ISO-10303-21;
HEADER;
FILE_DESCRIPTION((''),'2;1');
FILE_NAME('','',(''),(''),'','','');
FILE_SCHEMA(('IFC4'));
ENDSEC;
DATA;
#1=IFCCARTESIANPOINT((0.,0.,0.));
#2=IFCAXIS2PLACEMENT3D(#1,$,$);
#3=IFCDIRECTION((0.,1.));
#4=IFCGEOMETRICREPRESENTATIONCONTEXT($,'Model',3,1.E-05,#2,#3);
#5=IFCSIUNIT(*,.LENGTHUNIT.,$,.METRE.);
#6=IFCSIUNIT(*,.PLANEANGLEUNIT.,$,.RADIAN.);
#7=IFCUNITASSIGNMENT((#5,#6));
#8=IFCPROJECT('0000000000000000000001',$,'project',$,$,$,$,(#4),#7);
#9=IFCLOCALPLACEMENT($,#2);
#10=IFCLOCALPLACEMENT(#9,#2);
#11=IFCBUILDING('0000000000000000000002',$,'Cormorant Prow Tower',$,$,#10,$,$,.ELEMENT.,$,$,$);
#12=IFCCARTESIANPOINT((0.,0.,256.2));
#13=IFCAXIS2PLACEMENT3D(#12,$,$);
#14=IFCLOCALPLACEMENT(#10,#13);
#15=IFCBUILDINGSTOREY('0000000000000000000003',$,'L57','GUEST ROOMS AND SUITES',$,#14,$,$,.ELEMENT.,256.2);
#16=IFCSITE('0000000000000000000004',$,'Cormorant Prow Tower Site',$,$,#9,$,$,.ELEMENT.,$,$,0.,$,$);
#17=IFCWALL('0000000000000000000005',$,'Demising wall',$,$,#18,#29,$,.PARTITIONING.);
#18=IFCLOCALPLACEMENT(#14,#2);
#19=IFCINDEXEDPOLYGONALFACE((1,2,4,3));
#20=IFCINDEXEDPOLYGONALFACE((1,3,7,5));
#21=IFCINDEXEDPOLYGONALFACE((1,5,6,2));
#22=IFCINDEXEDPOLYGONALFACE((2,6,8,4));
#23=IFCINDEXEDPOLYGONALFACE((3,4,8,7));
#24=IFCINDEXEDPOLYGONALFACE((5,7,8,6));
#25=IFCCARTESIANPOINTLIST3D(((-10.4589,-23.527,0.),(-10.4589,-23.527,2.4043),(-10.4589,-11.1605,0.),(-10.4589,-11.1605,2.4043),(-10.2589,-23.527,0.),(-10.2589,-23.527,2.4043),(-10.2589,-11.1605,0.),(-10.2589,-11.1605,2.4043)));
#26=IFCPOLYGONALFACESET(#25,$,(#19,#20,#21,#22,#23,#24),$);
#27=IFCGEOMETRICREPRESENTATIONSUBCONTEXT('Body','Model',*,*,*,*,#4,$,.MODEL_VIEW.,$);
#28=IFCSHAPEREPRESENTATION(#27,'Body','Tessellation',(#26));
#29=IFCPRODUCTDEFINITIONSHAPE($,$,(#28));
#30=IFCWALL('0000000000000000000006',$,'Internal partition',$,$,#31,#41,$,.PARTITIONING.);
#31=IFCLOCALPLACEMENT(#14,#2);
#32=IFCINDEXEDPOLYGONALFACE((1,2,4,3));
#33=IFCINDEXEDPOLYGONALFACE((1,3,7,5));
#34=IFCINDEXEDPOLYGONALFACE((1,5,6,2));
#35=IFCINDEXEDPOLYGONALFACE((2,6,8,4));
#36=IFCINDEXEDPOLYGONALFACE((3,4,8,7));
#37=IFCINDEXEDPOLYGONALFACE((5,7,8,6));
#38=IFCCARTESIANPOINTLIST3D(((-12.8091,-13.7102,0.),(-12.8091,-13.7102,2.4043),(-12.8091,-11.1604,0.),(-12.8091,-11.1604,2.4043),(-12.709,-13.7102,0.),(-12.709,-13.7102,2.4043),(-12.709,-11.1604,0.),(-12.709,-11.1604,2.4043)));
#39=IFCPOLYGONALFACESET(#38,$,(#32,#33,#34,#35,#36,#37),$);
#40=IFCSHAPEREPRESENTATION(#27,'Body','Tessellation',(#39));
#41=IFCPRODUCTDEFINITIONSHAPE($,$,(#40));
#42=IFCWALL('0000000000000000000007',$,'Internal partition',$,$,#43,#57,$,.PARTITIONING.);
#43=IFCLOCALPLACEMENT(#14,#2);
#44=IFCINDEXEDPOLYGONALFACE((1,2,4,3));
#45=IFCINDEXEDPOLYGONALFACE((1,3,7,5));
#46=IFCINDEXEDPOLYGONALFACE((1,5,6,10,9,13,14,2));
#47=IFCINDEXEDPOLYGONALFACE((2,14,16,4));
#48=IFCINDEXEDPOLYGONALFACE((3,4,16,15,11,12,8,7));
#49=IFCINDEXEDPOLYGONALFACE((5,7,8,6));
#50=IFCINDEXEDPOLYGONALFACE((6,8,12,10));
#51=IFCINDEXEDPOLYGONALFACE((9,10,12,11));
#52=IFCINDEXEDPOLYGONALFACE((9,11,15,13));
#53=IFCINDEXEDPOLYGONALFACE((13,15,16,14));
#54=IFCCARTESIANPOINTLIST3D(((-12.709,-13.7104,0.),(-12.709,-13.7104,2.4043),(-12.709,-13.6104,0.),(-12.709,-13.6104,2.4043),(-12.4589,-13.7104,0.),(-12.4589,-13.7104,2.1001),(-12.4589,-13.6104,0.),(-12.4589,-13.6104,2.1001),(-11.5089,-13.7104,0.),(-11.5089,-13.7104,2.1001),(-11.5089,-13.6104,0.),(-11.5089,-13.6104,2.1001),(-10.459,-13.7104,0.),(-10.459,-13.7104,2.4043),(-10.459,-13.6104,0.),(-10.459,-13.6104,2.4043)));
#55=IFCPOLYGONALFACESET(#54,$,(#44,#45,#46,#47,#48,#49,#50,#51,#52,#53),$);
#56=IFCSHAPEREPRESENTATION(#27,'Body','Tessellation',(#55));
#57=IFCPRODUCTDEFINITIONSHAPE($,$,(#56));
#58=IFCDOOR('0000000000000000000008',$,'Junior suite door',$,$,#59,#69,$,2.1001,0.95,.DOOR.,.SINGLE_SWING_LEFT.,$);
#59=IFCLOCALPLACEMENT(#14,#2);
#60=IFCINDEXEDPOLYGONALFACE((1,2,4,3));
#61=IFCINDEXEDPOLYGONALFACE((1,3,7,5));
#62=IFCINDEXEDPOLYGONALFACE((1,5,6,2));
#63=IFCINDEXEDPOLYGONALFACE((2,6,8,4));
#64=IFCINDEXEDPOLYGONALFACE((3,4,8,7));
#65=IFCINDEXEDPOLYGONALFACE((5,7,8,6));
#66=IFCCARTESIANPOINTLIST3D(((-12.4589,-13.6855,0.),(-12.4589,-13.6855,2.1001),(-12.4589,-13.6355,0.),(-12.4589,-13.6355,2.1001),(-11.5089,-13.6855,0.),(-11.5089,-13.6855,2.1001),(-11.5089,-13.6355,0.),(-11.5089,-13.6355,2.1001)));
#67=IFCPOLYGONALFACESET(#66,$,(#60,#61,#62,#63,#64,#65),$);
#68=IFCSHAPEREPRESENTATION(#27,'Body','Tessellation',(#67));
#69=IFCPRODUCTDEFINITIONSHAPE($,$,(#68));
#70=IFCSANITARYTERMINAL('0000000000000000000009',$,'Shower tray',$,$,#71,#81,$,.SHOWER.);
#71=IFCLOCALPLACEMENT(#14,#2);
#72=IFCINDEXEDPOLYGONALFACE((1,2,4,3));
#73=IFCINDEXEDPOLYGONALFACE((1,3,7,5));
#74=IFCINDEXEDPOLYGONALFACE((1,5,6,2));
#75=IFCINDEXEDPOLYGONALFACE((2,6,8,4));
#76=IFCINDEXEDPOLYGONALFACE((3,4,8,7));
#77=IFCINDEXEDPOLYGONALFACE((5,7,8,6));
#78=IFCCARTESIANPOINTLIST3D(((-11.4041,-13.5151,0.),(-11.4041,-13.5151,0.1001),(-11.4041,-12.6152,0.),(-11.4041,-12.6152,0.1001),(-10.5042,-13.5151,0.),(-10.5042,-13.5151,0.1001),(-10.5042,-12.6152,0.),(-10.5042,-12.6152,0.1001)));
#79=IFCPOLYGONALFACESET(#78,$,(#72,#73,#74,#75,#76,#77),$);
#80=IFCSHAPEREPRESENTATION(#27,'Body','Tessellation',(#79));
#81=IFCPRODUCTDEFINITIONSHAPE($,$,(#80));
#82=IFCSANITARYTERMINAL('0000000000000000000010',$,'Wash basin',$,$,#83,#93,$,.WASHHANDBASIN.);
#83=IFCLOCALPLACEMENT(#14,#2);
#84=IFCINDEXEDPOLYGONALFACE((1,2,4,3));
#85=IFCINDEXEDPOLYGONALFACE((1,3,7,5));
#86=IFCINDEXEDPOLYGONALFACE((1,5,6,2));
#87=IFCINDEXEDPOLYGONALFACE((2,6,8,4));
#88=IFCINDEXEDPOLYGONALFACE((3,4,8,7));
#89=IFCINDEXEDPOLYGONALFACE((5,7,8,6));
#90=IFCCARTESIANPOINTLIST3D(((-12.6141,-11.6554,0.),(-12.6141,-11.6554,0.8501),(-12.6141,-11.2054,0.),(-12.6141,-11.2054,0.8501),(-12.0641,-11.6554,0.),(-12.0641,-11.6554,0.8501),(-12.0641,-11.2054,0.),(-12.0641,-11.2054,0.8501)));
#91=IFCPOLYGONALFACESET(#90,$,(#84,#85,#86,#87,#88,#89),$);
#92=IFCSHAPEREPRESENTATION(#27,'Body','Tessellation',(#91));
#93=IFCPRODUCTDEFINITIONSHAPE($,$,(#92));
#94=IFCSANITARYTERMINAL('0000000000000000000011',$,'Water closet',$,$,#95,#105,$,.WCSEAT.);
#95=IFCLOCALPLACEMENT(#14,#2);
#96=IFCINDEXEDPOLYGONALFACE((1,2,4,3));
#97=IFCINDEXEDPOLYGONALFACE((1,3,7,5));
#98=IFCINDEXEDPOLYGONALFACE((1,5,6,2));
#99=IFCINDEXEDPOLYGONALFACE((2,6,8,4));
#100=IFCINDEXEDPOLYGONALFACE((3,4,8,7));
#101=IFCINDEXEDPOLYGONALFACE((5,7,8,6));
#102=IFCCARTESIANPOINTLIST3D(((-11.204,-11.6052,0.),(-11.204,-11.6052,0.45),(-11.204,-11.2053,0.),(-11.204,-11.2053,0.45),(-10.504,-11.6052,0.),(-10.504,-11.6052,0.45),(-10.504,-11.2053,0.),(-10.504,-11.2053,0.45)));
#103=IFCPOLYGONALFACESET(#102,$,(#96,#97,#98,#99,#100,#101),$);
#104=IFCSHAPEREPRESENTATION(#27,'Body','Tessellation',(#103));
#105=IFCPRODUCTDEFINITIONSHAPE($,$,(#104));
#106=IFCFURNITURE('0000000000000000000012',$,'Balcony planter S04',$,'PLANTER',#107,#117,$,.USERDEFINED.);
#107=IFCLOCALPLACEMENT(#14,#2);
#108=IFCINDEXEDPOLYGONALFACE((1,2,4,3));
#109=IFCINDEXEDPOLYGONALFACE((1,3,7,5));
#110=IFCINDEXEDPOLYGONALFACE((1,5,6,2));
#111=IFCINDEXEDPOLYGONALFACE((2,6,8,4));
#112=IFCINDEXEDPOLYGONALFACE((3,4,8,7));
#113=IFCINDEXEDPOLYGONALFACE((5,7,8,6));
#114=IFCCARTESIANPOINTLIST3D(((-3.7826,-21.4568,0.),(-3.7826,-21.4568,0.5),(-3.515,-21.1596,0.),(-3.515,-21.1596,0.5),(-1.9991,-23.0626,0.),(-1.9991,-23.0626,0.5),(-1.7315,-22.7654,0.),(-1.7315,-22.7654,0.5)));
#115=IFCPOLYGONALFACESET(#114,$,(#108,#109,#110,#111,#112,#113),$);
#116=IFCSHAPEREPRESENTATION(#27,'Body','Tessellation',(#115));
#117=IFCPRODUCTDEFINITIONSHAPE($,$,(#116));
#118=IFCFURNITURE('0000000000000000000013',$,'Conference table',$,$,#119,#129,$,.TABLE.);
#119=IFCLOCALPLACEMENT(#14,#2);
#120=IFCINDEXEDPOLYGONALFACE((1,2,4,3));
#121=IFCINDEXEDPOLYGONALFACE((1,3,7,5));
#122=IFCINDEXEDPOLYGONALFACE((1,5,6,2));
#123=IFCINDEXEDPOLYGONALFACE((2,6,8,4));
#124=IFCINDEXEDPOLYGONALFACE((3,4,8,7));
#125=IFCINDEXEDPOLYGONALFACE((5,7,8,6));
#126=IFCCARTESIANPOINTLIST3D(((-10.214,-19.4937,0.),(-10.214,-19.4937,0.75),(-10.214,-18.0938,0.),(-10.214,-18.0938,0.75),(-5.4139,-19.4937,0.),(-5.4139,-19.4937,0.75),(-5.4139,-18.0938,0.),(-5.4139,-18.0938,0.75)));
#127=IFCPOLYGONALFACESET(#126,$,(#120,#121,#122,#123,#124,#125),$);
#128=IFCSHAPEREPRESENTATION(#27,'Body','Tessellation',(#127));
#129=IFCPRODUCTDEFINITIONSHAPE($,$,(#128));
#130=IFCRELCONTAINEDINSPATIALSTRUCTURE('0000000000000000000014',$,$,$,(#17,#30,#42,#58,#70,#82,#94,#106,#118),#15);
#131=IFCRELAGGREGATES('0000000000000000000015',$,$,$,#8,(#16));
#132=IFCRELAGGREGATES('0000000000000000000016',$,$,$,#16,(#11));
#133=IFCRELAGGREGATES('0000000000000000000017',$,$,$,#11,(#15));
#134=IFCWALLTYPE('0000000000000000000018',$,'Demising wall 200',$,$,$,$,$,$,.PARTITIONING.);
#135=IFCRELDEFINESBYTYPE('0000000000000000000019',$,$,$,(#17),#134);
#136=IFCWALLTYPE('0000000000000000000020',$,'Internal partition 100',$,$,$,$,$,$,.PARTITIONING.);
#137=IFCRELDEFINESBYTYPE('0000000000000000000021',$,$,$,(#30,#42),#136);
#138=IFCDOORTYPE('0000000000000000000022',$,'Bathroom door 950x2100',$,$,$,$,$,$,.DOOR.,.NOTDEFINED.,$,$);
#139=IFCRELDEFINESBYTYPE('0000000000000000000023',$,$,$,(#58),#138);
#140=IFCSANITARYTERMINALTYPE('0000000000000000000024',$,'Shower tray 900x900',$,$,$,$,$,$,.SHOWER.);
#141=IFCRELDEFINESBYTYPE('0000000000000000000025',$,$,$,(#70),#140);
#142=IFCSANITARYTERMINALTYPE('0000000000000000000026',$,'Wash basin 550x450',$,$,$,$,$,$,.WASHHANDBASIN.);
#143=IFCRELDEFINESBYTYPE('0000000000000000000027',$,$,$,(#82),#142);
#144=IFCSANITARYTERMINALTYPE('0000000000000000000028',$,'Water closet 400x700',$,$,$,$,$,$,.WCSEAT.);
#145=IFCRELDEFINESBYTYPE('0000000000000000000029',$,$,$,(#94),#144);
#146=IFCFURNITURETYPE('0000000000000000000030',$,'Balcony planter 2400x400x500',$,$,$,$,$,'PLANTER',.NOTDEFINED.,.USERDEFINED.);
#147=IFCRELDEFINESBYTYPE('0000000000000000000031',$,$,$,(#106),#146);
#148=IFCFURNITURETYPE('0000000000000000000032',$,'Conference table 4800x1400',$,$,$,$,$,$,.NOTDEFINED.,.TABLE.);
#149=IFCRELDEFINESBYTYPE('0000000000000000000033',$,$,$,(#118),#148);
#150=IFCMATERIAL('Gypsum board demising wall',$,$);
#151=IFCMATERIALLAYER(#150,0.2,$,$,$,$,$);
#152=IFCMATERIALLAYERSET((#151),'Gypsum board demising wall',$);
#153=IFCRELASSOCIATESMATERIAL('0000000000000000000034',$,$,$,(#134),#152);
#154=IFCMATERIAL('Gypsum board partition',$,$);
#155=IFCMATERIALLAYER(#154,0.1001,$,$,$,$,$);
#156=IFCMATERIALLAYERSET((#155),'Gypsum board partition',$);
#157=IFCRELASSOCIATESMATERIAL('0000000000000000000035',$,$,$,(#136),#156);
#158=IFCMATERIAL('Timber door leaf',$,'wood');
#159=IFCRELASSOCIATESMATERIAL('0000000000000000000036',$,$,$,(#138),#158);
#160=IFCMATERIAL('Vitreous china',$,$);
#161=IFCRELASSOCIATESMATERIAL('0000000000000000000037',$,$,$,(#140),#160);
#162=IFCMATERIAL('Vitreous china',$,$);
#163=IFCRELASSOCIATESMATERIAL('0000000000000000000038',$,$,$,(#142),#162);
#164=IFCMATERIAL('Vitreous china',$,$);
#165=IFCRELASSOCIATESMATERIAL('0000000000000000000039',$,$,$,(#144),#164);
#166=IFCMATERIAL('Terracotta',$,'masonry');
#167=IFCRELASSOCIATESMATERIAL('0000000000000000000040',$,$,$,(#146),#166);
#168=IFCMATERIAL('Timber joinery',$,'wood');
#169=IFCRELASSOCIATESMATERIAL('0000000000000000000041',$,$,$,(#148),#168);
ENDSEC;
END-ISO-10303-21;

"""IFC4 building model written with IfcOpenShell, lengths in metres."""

from ifc_helpers import new_model, si_unit, direction, frame, frame_2d, origin, origin_2d, place, context, subcontext, project, spatial, rectangle, extrude, material, layer, layer_set, type_object, element, fill, save


model = new_model("IFC4")

# Units and contexts
model_context = context("Model", 3, precision=1e-05, world=origin(), true_north=direction((0.0, 1.0)))
body_context = subcontext(model_context, "Body", "Model", "MODEL_VIEW")
ifc_project = project(units=[si_unit("LENGTHUNIT", "METRE"), si_unit("PLANEANGLEUNIT", "RADIAN")], contexts=[model_context])

# Site, building, storey
site_placement = place(None, origin())
site = spatial("IfcSite", under=ifc_project, at=site_placement, Name="Cormorant Prow Tower Site", CompositionType="ELEMENT", RefElevation=0.0)
building_placement = place(site_placement, origin())
building = spatial("IfcBuilding", under=site, at=building_placement, Name="Cormorant Prow Tower", CompositionType="ELEMENT")
storey_placement = place(building_placement, frame((0.0, 0.0, 256.2)))
storey = spatial("IfcBuildingStorey", under=building, at=storey_placement, Name="L57", Description="GUEST ROOMS AND SUITES", CompositionType="ELEMENT", Elevation=256.2)

# Walls
ifc_material_1 = material(Name="Gypsum board demising wall")
ifc_layer_1 = layer(ifc_material_1, 0.2)
ifc_layer_set_1 = layer_set([ifc_layer_1], Name="Gypsum board demising wall")
wall_type_1 = type_object("IfcWallType", Name="Demising wall 200", PredefinedType="PARTITIONING", material=ifc_layer_set_1)
wall_1_placement = place(storey_placement, frame((-10.3589, -23.5269, 0.0), z_axis=(0.0, 0.0, 1.0), x_axis=(0.0, 1.0, 0.0)))
element("IfcWall", 1, at=wall_1_placement, inside=storey, type_object=wall_type_1, Name="Demising wall", PredefinedType="PARTITIONING", context=body_context, shape_type="SweptSolid", body=[
    extrude(rectangle(XDim=12.3665, YDim=0.2, at=frame_2d((6.1831, 0.0))), origin(), (0.0, 0.0, 1.0), 2.4043),
])
ifc_material_2 = material(Name="Gypsum board partition")
ifc_layer_2 = layer(ifc_material_2, 0.1001)
ifc_layer_set_2 = layer_set([ifc_layer_2], Name="Gypsum board partition")
wall_type_2 = type_object("IfcWallType", Name="Internal partition 100", PredefinedType="PARTITIONING", material=ifc_layer_set_2)
wall_2_placement = place(storey_placement, frame((-12.759, -13.7102, 0.0), z_axis=(0.0, 0.0, 1.0), x_axis=(0.0, 1.0, 0.0)))
element("IfcWall", 2, at=wall_2_placement, inside=storey, type_object=wall_type_2, Name="Internal partition", PredefinedType="PARTITIONING", context=body_context, shape_type="SweptSolid", body=[
    extrude(rectangle(XDim=2.5498, YDim=0.1001, at=frame_2d((1.2749, 0.0))), origin(), (0.0, 0.0, 1.0), 2.4043),
])

# Wall, opening, door
wall_3_placement = place(storey_placement, frame((-12.709, -13.6604, 0.0), z_axis=(0.0, 0.0, 1.0), x_axis=(1.0, 0.0, 0.0)))
wall_3 = element("IfcWall", 3, at=wall_3_placement, inside=storey, type_object=wall_type_2, Name="Internal partition", PredefinedType="PARTITIONING", context=body_context, shape_type="SweptSolid", body=[
    extrude(rectangle(XDim=2.25, YDim=0.1001, at=frame_2d((1.125, 0.0))), origin(), (0.0, 0.0, 1.0), 2.4043),
])
opening_1_placement = place(wall_3_placement, frame((0.25, 0.0, 0.0)))
opening_1 = element("IfcOpeningElement", 4, at=opening_1_placement, cuts=wall_3, PredefinedType="OPENING", context=body_context, shape_type="SweptSolid", body=[
    extrude(rectangle(XDim=0.95, YDim=2.1001, at=frame_2d((0.4751, 1.05))), frame((0.0, 0.0601, 0.0), z_axis=(0.0, -1.0, 0.0), x_axis=(1.0, 0.0, 0.0)), (0.0, 0.0, 1.0), 0.1201),
])
ifc_material_3 = material(Name="Timber door leaf", Category="wood")
door_type_1 = type_object("IfcDoorType", Name="Bathroom door 950x2100", OperationType="NOTDEFINED", PredefinedType="DOOR", material=ifc_material_3)
door_1_placement = place(opening_1_placement, origin())
door_1 = element("IfcDoor", 5, at=door_1_placement, inside=storey, type_object=door_type_1, Name="Junior suite door", OperationType="SINGLE_SWING_LEFT", OverallHeight=2.1001, OverallWidth=0.95, PredefinedType="DOOR", context=body_context, shape_type="SweptSolid", body=[
    extrude(rectangle(XDim=0.95, YDim=2.1001, at=frame_2d((0.4751, 1.05))), frame((0.0, 0.0249, 0.0), z_axis=(0.0, -1.0, 0.0), x_axis=(1.0, 0.0, 0.0)), (0.0, 0.0, 1.0), 0.05),
])
fill(opening_1, door_1)

# Sanitary terminals
ifc_material_4 = material(Name="Vitreous china")
sanitary_terminal_type_1 = type_object("IfcSanitaryTerminalType", Name="Shower tray 900x900", PredefinedType="SHOWER", material=ifc_material_4)
sanitary_terminal_1_placement = place(storey_placement, frame((-10.9541, -13.0652, 0.0), z_axis=(0.0, 0.0, 1.0), x_axis=(-1.0, 0.0, 0.0)))
element("IfcSanitaryTerminal", 6, at=sanitary_terminal_1_placement, inside=storey, type_object=sanitary_terminal_type_1, Name="Shower tray", PredefinedType="SHOWER", context=body_context, shape_type="SweptSolid", body=[
    extrude(rectangle(XDim=0.8999, YDim=0.8999, at=origin_2d()), origin(), (0.0, 0.0, 1.0), 0.1001),
])
ifc_material_5 = material(Name="Vitreous china")
sanitary_terminal_type_2 = type_object("IfcSanitaryTerminalType", Name="Wash basin 550x450", PredefinedType="WASHHANDBASIN", material=ifc_material_5)
sanitary_terminal_2_placement = place(storey_placement, frame((-12.3391, -11.4304, 0.0), z_axis=(0.0, 0.0, 1.0), x_axis=(1.0, 0.0, 0.0)))
element("IfcSanitaryTerminal", 7, at=sanitary_terminal_2_placement, inside=storey, type_object=sanitary_terminal_type_2, Name="Wash basin", PredefinedType="WASHHANDBASIN", context=body_context, shape_type="SweptSolid", body=[
    extrude(rectangle(XDim=0.55, YDim=0.45, at=origin_2d()), origin(), (0.0, 0.0, 1.0), 0.8501),
])
ifc_material_6 = material(Name="Vitreous china")
sanitary_terminal_type_3 = type_object("IfcSanitaryTerminalType", Name="Water closet 400x700", PredefinedType="WCSEAT", material=ifc_material_6)
sanitary_terminal_3_placement = place(storey_placement, frame((-10.854, -11.4053, 0.0), z_axis=(0.0, 0.0, 1.0), x_axis=(0.0, -1.0, 0.0)))
element("IfcSanitaryTerminal", 8, at=sanitary_terminal_3_placement, inside=storey, type_object=sanitary_terminal_type_3, Name="Water closet", PredefinedType="WCSEAT", context=body_context, shape_type="SweptSolid", body=[
    extrude(rectangle(XDim=0.3999, YDim=0.7, at=origin_2d()), origin(), (0.0, 0.0, 1.0), 0.45),
])

# Furniture
ifc_material_7 = material(Name="Terracotta", Category="masonry")
furniture_type_1 = type_object("IfcFurnitureType", Name="Balcony planter 2400x400x500", ElementType="PLANTER", AssemblyPlace="NOTDEFINED", PredefinedType="USERDEFINED", material=ifc_material_7)
furniture_1_placement = place(storey_placement, frame((-2.7571, -22.1111, 0.0), z_axis=(0.0, 0.0, 1.0), x_axis=(0.743145, -0.669131, 0.0)))
element("IfcFurniture", 9, at=furniture_1_placement, inside=storey, type_object=furniture_type_1, Name="Balcony planter S04", ObjectType="PLANTER", PredefinedType="USERDEFINED", context=body_context, shape_type="SweptSolid", body=[
    extrude(rectangle(XDim=2.3999, YDim=0.3999, at=origin_2d()), origin(), (0.0, 0.0, 1.0), 0.5),
])
ifc_material_8 = material(Name="Timber joinery", Category="wood")
furniture_type_2 = type_object("IfcFurnitureType", Name="Conference table 4800x1400", AssemblyPlace="NOTDEFINED", PredefinedType="TABLE", material=ifc_material_8)
furniture_2_placement = place(storey_placement, frame((-7.814, -18.7937, 0.0), z_axis=(0.0, 0.0, 1.0), x_axis=(1.0, 0.0, 0.0)))
element("IfcFurniture", 10, at=furniture_2_placement, inside=storey, type_object=furniture_type_2, Name="Conference table", PredefinedType="TABLE", context=body_context, shape_type="SweptSolid", body=[
    extrude(rectangle(XDim=4.8, YDim=1.3999, at=origin_2d()), origin(), (0.0, 0.0, 1.0), 0.75),
])

save(model, "model.ifc")
